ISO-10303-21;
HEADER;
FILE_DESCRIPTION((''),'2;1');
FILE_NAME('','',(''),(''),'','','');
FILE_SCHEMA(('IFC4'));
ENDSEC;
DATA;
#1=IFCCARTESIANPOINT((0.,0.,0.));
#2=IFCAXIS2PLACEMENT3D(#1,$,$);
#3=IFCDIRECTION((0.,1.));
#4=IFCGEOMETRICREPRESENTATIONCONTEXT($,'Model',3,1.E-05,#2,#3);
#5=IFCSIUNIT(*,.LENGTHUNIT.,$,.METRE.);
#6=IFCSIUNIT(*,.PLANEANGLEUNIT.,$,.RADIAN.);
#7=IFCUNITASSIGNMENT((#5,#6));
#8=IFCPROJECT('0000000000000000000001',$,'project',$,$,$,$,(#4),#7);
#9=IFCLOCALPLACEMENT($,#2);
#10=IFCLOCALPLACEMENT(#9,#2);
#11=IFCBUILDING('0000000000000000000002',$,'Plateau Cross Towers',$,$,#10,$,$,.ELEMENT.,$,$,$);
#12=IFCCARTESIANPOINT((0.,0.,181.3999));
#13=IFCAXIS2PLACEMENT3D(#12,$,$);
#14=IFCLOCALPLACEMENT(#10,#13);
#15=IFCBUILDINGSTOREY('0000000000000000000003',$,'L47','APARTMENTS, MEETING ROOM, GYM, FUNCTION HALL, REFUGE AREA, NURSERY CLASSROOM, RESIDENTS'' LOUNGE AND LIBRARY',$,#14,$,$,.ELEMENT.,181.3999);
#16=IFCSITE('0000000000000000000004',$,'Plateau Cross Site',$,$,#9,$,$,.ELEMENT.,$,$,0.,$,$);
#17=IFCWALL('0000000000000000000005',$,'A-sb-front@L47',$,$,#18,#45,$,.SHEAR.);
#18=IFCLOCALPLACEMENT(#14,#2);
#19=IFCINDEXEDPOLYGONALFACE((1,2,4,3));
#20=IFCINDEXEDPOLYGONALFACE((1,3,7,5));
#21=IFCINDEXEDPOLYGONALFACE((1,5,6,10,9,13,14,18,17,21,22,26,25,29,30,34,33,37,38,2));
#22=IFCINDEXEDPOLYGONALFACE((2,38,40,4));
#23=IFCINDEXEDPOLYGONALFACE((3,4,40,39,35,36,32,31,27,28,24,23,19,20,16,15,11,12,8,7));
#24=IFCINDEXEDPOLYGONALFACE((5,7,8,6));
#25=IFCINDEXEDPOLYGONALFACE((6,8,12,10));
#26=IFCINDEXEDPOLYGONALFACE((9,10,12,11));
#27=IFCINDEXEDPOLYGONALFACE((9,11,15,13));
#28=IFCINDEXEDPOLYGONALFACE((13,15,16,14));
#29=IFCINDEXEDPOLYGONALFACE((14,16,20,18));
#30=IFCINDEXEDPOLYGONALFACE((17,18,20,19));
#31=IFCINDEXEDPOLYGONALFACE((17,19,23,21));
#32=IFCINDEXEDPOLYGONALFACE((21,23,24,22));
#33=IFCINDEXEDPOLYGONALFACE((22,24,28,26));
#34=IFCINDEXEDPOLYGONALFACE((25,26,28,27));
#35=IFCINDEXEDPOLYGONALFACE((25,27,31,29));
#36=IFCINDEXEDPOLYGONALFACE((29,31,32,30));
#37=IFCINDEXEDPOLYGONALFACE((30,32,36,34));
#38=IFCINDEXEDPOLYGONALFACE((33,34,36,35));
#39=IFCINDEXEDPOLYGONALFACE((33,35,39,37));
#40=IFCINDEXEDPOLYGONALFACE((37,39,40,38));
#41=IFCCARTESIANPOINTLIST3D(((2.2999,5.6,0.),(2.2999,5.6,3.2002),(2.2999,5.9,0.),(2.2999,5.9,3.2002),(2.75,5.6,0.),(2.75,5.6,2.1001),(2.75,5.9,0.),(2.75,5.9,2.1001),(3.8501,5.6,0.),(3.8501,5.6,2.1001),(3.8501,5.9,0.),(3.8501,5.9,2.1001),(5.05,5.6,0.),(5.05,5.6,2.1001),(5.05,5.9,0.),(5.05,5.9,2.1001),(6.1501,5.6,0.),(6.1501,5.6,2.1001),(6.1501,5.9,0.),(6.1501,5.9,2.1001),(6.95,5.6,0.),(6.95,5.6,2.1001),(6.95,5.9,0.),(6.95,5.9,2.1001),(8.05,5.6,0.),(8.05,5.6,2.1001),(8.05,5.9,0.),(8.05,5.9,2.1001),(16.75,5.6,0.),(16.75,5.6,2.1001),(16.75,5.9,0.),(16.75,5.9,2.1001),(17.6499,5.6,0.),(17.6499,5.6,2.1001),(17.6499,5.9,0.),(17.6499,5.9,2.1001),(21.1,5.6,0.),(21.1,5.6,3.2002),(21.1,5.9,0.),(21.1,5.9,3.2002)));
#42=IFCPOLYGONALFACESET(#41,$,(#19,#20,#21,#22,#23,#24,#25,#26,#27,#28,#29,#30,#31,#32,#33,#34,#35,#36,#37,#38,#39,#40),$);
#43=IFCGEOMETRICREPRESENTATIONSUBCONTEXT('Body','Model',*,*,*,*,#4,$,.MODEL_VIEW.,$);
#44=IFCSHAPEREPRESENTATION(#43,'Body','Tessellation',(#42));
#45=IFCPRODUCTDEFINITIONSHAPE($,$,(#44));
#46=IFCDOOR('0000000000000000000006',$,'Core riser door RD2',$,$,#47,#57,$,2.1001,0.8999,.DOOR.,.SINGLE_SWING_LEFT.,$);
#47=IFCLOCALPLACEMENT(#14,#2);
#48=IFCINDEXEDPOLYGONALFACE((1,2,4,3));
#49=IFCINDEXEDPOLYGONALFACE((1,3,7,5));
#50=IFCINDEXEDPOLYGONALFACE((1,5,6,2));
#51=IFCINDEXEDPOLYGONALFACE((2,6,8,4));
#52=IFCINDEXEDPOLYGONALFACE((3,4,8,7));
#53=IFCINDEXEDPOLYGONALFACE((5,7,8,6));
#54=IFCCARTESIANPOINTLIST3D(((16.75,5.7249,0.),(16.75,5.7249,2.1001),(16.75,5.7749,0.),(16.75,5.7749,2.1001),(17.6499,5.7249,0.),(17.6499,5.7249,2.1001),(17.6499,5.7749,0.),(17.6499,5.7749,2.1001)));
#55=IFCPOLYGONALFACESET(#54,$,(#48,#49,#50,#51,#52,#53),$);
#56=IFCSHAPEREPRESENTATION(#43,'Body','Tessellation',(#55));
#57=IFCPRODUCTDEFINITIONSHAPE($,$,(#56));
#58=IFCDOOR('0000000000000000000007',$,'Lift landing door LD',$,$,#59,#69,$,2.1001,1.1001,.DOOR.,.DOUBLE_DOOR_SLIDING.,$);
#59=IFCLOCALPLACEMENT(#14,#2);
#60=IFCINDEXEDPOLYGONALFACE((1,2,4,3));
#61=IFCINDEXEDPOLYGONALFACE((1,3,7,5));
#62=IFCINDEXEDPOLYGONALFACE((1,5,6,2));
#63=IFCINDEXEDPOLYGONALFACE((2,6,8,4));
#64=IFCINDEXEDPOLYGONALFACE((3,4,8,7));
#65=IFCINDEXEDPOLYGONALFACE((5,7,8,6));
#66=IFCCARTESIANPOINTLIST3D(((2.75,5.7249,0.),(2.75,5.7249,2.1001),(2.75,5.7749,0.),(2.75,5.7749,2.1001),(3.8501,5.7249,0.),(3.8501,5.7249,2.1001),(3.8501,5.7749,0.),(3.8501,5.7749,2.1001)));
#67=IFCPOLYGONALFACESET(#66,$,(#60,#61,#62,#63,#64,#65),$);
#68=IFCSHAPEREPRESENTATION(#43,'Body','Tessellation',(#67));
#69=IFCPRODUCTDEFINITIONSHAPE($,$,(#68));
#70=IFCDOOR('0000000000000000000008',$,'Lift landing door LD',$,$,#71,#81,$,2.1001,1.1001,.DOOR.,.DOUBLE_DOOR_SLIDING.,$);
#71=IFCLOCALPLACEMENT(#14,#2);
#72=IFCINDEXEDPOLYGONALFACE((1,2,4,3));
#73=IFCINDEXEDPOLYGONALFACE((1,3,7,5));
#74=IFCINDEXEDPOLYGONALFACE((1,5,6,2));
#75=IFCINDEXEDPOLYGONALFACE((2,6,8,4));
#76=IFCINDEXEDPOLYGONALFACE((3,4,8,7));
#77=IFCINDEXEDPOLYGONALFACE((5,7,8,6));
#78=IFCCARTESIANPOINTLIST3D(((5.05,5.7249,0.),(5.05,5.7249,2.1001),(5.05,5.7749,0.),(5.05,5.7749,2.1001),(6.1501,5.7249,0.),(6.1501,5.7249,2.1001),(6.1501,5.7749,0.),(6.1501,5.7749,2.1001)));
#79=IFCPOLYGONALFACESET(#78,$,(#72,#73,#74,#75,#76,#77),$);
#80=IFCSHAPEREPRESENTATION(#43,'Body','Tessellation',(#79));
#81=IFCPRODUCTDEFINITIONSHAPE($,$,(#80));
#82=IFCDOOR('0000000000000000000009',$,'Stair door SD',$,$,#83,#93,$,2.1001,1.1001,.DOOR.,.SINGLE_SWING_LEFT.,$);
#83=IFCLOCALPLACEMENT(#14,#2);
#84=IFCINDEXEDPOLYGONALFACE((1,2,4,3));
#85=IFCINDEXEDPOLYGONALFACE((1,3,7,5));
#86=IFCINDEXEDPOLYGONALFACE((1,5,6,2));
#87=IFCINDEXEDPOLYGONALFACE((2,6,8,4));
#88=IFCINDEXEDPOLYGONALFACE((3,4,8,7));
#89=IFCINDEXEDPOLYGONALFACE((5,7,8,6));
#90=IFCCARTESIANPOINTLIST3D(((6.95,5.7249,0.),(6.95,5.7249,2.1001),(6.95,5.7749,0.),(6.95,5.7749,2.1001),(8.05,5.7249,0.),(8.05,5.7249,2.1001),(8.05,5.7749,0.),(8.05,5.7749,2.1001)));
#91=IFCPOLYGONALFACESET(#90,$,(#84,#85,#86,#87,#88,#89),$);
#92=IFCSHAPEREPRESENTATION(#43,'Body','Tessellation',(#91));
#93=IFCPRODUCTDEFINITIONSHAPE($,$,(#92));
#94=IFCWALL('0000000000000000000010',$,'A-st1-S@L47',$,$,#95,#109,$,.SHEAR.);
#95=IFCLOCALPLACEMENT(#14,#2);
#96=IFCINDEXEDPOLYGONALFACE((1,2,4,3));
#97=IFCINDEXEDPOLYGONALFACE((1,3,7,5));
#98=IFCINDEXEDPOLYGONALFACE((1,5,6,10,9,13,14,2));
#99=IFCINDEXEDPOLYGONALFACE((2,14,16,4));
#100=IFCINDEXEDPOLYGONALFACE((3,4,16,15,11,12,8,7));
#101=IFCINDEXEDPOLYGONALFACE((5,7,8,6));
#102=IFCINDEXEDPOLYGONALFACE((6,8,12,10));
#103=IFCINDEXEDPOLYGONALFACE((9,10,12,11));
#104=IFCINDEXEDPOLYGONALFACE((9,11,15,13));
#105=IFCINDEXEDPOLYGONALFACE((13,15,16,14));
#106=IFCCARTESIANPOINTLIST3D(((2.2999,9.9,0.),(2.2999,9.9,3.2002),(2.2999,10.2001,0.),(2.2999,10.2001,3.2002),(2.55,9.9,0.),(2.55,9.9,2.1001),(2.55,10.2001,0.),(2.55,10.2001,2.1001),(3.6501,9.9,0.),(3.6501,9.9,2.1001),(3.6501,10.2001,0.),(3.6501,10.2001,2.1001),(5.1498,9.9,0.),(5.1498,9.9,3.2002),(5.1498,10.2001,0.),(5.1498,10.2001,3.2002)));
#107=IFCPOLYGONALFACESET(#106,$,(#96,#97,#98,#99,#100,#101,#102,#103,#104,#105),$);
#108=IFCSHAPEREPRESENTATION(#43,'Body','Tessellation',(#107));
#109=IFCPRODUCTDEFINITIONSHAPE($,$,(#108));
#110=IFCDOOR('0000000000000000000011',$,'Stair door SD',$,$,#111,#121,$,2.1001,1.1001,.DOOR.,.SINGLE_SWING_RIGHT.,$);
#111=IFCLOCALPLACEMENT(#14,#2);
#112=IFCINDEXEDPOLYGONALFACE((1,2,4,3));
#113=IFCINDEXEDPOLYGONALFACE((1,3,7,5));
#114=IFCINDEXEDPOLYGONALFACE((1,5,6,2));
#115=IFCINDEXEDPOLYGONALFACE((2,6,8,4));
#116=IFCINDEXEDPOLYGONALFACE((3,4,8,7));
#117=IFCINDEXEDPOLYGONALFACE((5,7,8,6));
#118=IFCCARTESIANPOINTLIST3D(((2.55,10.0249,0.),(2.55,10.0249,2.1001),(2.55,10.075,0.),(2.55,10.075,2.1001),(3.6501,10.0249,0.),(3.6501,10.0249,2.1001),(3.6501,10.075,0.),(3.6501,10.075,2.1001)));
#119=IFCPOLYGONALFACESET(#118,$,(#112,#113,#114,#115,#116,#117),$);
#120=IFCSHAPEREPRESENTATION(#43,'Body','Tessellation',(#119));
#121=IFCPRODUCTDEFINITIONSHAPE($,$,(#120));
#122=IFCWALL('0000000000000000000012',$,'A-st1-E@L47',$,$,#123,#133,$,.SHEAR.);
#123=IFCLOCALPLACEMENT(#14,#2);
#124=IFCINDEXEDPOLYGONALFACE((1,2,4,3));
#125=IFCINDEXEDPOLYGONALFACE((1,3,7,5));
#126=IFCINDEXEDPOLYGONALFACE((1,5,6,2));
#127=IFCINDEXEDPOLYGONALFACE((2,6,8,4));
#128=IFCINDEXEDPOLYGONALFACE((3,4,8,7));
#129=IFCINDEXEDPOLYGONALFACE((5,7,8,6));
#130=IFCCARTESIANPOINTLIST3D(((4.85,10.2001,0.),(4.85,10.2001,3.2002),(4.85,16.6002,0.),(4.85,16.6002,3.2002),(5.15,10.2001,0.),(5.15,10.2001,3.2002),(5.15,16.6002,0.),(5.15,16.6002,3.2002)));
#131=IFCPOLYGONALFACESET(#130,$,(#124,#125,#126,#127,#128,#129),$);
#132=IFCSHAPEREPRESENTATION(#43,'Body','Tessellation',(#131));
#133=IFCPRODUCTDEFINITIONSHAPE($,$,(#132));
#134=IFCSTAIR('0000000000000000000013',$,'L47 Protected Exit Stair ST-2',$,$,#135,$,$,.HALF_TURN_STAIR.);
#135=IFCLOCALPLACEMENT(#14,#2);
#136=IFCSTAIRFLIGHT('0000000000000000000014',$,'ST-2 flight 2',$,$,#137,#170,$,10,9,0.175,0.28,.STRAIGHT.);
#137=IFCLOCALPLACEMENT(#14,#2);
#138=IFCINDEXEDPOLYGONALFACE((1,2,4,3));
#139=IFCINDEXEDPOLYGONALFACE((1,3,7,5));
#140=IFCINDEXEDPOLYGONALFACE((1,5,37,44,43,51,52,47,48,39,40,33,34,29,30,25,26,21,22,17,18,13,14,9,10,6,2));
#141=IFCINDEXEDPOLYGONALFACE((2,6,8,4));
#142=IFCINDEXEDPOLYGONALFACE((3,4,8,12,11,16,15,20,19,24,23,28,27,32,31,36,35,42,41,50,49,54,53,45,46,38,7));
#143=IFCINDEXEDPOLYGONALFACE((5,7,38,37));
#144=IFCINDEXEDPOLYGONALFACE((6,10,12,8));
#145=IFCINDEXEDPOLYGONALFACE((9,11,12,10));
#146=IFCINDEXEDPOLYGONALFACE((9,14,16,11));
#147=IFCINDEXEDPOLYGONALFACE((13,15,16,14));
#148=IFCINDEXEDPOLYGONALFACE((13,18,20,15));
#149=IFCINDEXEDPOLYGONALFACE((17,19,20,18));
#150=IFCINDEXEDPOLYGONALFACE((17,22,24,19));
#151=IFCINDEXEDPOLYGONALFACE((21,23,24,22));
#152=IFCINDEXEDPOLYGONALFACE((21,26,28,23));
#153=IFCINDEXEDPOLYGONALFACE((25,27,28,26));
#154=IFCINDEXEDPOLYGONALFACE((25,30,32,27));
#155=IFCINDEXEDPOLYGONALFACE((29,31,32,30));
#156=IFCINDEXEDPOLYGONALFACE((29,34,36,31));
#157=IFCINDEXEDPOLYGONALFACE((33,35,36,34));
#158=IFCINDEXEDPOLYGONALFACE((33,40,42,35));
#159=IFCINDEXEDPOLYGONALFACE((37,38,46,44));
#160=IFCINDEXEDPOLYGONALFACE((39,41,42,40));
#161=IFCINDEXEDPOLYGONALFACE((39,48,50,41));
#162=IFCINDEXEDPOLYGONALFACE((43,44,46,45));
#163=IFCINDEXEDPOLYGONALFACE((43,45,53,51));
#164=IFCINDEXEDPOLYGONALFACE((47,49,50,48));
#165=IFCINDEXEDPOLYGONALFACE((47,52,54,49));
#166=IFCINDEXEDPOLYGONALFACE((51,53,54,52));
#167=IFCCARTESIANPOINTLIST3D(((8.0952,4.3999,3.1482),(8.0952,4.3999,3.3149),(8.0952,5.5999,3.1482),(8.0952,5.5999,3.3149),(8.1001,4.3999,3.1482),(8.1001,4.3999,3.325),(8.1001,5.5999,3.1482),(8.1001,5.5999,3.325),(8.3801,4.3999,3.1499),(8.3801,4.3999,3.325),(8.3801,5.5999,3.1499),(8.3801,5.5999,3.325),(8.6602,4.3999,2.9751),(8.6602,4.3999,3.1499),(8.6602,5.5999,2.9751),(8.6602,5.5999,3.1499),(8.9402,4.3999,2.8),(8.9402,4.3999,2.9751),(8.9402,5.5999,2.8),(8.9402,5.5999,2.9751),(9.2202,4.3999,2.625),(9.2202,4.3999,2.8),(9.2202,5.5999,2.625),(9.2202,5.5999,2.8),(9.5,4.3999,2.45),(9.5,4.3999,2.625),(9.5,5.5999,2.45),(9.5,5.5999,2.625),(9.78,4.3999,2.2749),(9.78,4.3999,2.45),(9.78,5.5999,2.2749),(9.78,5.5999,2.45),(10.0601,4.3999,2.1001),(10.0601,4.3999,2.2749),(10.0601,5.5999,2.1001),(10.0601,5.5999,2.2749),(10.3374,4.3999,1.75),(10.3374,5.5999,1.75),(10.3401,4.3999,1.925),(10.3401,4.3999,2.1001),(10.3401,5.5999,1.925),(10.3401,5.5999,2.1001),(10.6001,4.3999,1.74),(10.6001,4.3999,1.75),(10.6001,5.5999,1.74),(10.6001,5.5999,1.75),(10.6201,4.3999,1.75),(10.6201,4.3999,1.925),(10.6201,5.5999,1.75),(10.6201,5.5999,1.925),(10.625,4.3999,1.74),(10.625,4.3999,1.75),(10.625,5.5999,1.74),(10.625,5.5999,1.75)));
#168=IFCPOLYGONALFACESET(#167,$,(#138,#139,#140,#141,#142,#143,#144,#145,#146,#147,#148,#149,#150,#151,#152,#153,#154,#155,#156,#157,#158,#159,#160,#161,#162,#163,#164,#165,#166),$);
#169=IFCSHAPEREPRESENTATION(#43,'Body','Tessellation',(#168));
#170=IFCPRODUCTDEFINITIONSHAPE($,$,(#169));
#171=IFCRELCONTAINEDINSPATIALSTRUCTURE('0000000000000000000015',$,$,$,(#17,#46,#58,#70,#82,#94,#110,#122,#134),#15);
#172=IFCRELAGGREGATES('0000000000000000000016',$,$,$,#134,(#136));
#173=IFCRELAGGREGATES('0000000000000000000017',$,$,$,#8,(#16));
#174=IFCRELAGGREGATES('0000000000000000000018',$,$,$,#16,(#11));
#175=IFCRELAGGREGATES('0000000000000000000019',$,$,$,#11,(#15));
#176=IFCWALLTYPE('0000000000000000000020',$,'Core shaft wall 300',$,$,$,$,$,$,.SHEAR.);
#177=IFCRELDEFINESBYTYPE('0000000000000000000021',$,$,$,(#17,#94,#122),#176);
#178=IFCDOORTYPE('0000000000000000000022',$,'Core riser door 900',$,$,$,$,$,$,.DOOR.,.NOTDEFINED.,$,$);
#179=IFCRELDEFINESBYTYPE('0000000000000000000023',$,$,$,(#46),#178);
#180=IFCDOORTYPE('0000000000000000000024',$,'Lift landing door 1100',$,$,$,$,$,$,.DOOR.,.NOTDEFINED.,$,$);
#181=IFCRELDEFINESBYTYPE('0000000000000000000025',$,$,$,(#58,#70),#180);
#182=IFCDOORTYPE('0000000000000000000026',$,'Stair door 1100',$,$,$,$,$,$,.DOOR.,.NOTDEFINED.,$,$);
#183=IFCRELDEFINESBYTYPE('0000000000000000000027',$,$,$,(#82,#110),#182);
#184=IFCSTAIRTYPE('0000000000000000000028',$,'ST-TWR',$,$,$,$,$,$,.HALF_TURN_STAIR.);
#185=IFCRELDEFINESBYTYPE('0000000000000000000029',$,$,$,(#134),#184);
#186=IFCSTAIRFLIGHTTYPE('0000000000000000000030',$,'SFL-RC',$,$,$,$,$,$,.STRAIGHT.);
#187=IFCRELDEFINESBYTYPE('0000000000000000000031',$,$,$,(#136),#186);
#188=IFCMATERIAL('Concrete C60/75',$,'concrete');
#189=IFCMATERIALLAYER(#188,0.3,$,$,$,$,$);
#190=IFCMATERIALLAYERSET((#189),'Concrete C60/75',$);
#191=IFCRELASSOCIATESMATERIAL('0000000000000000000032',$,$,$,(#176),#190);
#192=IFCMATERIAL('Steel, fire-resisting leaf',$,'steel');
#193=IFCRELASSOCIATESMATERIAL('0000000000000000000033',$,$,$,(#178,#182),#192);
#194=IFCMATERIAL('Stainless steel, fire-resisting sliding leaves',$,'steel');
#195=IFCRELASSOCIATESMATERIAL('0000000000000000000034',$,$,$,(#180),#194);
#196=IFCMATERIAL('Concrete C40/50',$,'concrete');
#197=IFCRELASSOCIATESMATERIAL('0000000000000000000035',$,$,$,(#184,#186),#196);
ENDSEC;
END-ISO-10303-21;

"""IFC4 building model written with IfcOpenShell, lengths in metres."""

from ifc_helpers import new_model, si_unit, direction, frame, frame_2d, origin, place, context, subcontext, project, spatial, polyline, rectangle, outline, extrude, material, layer, layer_set, type_object, element, fill, aggregate, save


model = new_model("IFC4")

# Units and contexts
model_context = context("Model", 3, precision=1e-05, world=origin(), true_north=direction((0.0, 1.0)))
body_context = subcontext(model_context, "Body", "Model", "MODEL_VIEW")
ifc_project = project(units=[si_unit("LENGTHUNIT", "METRE"), si_unit("PLANEANGLEUNIT", "RADIAN")], contexts=[model_context])

# Site, building, storey
site_placement = place(None, origin())
site = spatial("IfcSite", under=ifc_project, at=site_placement, Name="Plateau Cross Site", CompositionType="ELEMENT", RefElevation=0.0)
building_placement = place(site_placement, origin())
building = spatial("IfcBuilding", under=site, at=building_placement, Name="Plateau Cross Towers", CompositionType="ELEMENT")
storey_placement = place(building_placement, frame((0.0, 0.0, 181.3999)))
storey = spatial("IfcBuildingStorey", under=building, at=storey_placement, Name="L47", Description="APARTMENTS, MEETING ROOM, GYM, FUNCTION HALL, REFUGE AREA, NURSERY CLASSROOM, RESIDENTS' LOUNGE AND LIBRARY", CompositionType="ELEMENT", Elevation=181.3999)

# Shared definitions
ifc_material_1 = material(Name="Steel, fire-resisting leaf", Category="steel")

# Wall, openings, doors
ifc_material_2 = material(Name="Concrete C60/75", Category="concrete")
ifc_layer_1 = layer(ifc_material_2, 0.3)
ifc_layer_set_1 = layer_set([ifc_layer_1], Name="Concrete C60/75")
wall_type_1 = type_object("IfcWallType", Name="Core shaft wall 300", PredefinedType="SHEAR", material=ifc_layer_set_1)
wall_1_placement = place(storey_placement, frame((2.3, 5.75, 0.0), z_axis=(0.0, 0.0, 1.0), x_axis=(1.0, 0.0, 0.0)))
wall_1 = element("IfcWall", 1, at=wall_1_placement, inside=storey, type_object=wall_type_1, Name="A-sb-front@L47", PredefinedType="SHEAR", context=body_context, shape_type="SweptSolid", body=[
    extrude(rectangle(XDim=18.8, YDim=0.3, at=frame_2d((9.3999, 0.0))), origin(), (0.0, 0.0, 1.0), 3.2002),
])
opening_1_placement = place(wall_1_placement, frame((4.6499, 0.0, 0.0)))
opening_1 = element("IfcOpeningElement", 2, at=opening_1_placement, cuts=wall_1, PredefinedType="OPENING", context=body_context, shape_type="SweptSolid", body=[
    extrude(rectangle(XDim=1.1001, YDim=2.1001, at=frame_2d((0.55, 1.05))), frame((0.0, 0.1599, 0.0), z_axis=(0.0, -1.0, 0.0), x_axis=(1.0, 0.0, 0.0)), (0.0, 0.0, 1.0), 0.3201),
])
opening_2_placement = place(wall_1_placement, frame((0.45, 0.0, 0.0)))
opening_2 = element("IfcOpeningElement", 3, at=opening_2_placement, cuts=wall_1, PredefinedType="OPENING", context=body_context, shape_type="SweptSolid", body=[
    extrude(rectangle(XDim=1.1001, YDim=2.1001, at=frame_2d((0.55, 1.05))), frame((0.0, 0.1599, 0.0), z_axis=(0.0, -1.0, 0.0), x_axis=(1.0, 0.0, 0.0)), (0.0, 0.0, 1.0), 0.3201),
])
opening_3_placement = place(wall_1_placement, frame((2.75, 0.0, 0.0)))
opening_3 = element("IfcOpeningElement", 4, at=opening_3_placement, cuts=wall_1, PredefinedType="OPENING", context=body_context, shape_type="SweptSolid", body=[
    extrude(rectangle(XDim=1.1001, YDim=2.1001, at=frame_2d((0.55, 1.05))), frame((0.0, 0.1599, 0.0), z_axis=(0.0, -1.0, 0.0), x_axis=(1.0, 0.0, 0.0)), (0.0, 0.0, 1.0), 0.3201),
])
opening_4_placement = place(wall_1_placement, frame((14.45, 0.0, 0.0)))
opening_4 = element("IfcOpeningElement", 5, at=opening_4_placement, cuts=wall_1, PredefinedType="OPENING", context=body_context, shape_type="SweptSolid", body=[
    extrude(rectangle(XDim=0.8999, YDim=2.1001, at=frame_2d((0.45, 1.05))), frame((0.0, 0.1599, 0.0), z_axis=(0.0, -1.0, 0.0), x_axis=(1.0, 0.0, 0.0)), (0.0, 0.0, 1.0), 0.3201),
])
door_type_1 = type_object("IfcDoorType", Name="Core riser door 900", OperationType="NOTDEFINED", PredefinedType="DOOR", material=ifc_material_1)
door_1_placement = place(opening_4_placement, origin())
door_1 = element("IfcDoor", 6, at=door_1_placement, inside=storey, type_object=door_type_1, Name="Core riser door RD2", OperationType="SINGLE_SWING_LEFT", OverallHeight=2.1001, OverallWidth=0.8999, PredefinedType="DOOR", context=body_context, shape_type="SweptSolid", body=[
    extrude(rectangle(XDim=0.8999, YDim=2.1001, at=frame_2d((0.45, 1.05))), frame((0.0, 0.0249, 0.0), z_axis=(0.0, -1.0, 0.0), x_axis=(1.0, 0.0, 0.0)), (0.0, 0.0, 1.0), 0.05),
])
fill(opening_4, door_1)
ifc_material_3 = material(Name="Stainless steel, fire-resisting sliding leaves", Category="steel")
door_type_2 = type_object("IfcDoorType", Name="Lift landing door 1100", OperationType="NOTDEFINED", PredefinedType="DOOR", material=ifc_material_3)
door_2_placement = place(opening_2_placement, origin())
door_2 = element("IfcDoor", 7, at=door_2_placement, inside=storey, type_object=door_type_2, Name="Lift landing door LD", OperationType="DOUBLE_DOOR_SLIDING", OverallHeight=2.1001, OverallWidth=1.1001, PredefinedType="DOOR", context=body_context, shape_type="SweptSolid", body=[
    extrude(rectangle(XDim=1.1001, YDim=2.1001, at=frame_2d((0.55, 1.05))), frame((0.0, 0.0249, 0.0), z_axis=(0.0, -1.0, 0.0), x_axis=(1.0, 0.0, 0.0)), (0.0, 0.0, 1.0), 0.05),
])
fill(opening_2, door_2)
door_3_placement = place(opening_3_placement, origin())
door_3 = element("IfcDoor", 8, at=door_3_placement, inside=storey, type_object=door_type_2, Name="Lift landing door LD", OperationType="DOUBLE_DOOR_SLIDING", OverallHeight=2.1001, OverallWidth=1.1001, PredefinedType="DOOR", context=body_context, shape_type="SweptSolid", body=[
    extrude(rectangle(XDim=1.1001, YDim=2.1001, at=frame_2d((0.55, 1.05))), frame((0.0, 0.0249, 0.0), z_axis=(0.0, -1.0, 0.0), x_axis=(1.0, 0.0, 0.0)), (0.0, 0.0, 1.0), 0.05),
])
fill(opening_3, door_3)
door_type_3 = type_object("IfcDoorType", Name="Stair door 1100", OperationType="NOTDEFINED", PredefinedType="DOOR", material=ifc_material_1)
door_4_placement = place(opening_1_placement, origin())
door_4 = element("IfcDoor", 9, at=door_4_placement, inside=storey, type_object=door_type_3, Name="Stair door SD", OperationType="SINGLE_SWING_LEFT", OverallHeight=2.1001, OverallWidth=1.1001, PredefinedType="DOOR", context=body_context, shape_type="SweptSolid", body=[
    extrude(rectangle(XDim=1.1001, YDim=2.1001, at=frame_2d((0.55, 1.05))), frame((0.0, 0.0249, 0.0), z_axis=(0.0, -1.0, 0.0), x_axis=(1.0, 0.0, 0.0)), (0.0, 0.0, 1.0), 0.05),
])
fill(opening_1, door_4)

# Wall, opening, door
wall_2_placement = place(storey_placement, frame((2.3, 10.05, 0.0), z_axis=(0.0, 0.0, 1.0), x_axis=(1.0, 0.0, 0.0)))
wall_2 = element("IfcWall", 10, at=wall_2_placement, inside=storey, type_object=wall_type_1, Name="A-st1-S@L47", PredefinedType="SHEAR", context=body_context, shape_type="SweptSolid", body=[
    extrude(rectangle(XDim=2.8499, YDim=0.3, at=frame_2d((1.4248, 0.0))), origin(), (0.0, 0.0, 1.0), 3.2002),
])
opening_5_placement = place(wall_2_placement, frame((0.25, 0.0, 0.0)))
opening_5 = element("IfcOpeningElement", 11, at=opening_5_placement, cuts=wall_2, PredefinedType="OPENING", context=body_context, shape_type="SweptSolid", body=[
    extrude(rectangle(XDim=1.1001, YDim=2.1001, at=frame_2d((0.55, 1.05))), frame((0.0, 0.1599, 0.0), z_axis=(0.0, -1.0, 0.0), x_axis=(1.0, 0.0, 0.0)), (0.0, 0.0, 1.0), 0.3201),
])
door_5_placement = place(opening_5_placement, origin())
door_5 = element("IfcDoor", 12, at=door_5_placement, inside=storey, type_object=door_type_3, Name="Stair door SD", OperationType="SINGLE_SWING_RIGHT", OverallHeight=2.1001, OverallWidth=1.1001, PredefinedType="DOOR", context=body_context, shape_type="SweptSolid", body=[
    extrude(rectangle(XDim=1.1001, YDim=2.1001, at=frame_2d((0.55, 1.05))), frame((0.0, 0.0249, 0.0), z_axis=(0.0, -1.0, 0.0), x_axis=(1.0, 0.0, 0.0)), (0.0, 0.0, 1.0), 0.05),
])
fill(opening_5, door_5)

# Wall
wall_3_placement = place(storey_placement, frame((5.0, 10.2, 0.0), z_axis=(0.0, 0.0, 1.0), x_axis=(0.0, 1.0, 0.0)))
element("IfcWall", 13, at=wall_3_placement, inside=storey, type_object=wall_type_1, Name="A-st1-E@L47", PredefinedType="SHEAR", context=body_context, shape_type="SweptSolid", body=[
    extrude(rectangle(XDim=6.4001, YDim=0.3, at=frame_2d((3.2002, 0.0))), origin(), (0.0, 0.0, 1.0), 3.2002),
])

# Stair, stair flight
ifc_material_4 = material(Name="Concrete C40/50", Category="concrete")
stair_type = type_object("IfcStairType", Name="ST-TWR", PredefinedType="HALF_TURN_STAIR", material=ifc_material_4)
stair_placement = place(storey_placement, origin())
stair = element("IfcStair", 14, at=stair_placement, inside=storey, type_object=stair_type, Name="L47 Protected Exit Stair ST-2", PredefinedType="HALF_TURN_STAIR")
stair_flight_type = type_object("IfcStairFlightType", Name="SFL-RC", PredefinedType="STRAIGHT", material=ifc_material_4)
stair_flight_placement = place(storey_placement, frame((10.6201, 5.0, 1.75), z_axis=(0.0, 0.0, 1.0), x_axis=(-1.0, 0.0, 0.0)))
stair_flight = element("IfcStairFlight", 15, at=stair_flight_placement, type_object=stair_flight_type, Name="ST-2 flight 2", NumberOfRisers=10, NumberOfTreads=9, PredefinedType="STRAIGHT", RiserHeight=0.175, TreadLength=0.28, context=body_context, shape_type="SweptSolid", body=[
    extrude(outline(polyline([(-0.0049, -0.01), (-0.0049, 0.0), (0.0, 0.0), (0.0, 0.175), (0.28, 0.175), (0.28, 0.3501), (0.5601, 0.3501), (0.5601, 0.5249), (0.8401, 0.5249), (0.8401, 0.7), (1.1201, 0.7), (1.1201, 0.875), (1.3999, 0.875), (1.3999, 1.05), (1.6799, 1.05), (1.6799, 1.2251), (1.96, 1.2251), (1.96, 1.3999), (2.24, 1.3999), (2.24, 1.575), (2.52, 1.575), (2.5249, 1.5649), (2.5249, 1.3982), (2.52, 1.3982), (0.2827, 0.0), (0.02, 0.0), (0.02, -0.01), (-0.0049, -0.01)])), frame((0.0, 0.6001, 0.0), z_axis=(0.0, -1.0, 0.0), x_axis=(1.0, 0.0, 0.0)), (0.0, 0.0, 1.0), 1.2),
])
aggregate(stair, [stair_flight])

save(model, "model.ifc")
